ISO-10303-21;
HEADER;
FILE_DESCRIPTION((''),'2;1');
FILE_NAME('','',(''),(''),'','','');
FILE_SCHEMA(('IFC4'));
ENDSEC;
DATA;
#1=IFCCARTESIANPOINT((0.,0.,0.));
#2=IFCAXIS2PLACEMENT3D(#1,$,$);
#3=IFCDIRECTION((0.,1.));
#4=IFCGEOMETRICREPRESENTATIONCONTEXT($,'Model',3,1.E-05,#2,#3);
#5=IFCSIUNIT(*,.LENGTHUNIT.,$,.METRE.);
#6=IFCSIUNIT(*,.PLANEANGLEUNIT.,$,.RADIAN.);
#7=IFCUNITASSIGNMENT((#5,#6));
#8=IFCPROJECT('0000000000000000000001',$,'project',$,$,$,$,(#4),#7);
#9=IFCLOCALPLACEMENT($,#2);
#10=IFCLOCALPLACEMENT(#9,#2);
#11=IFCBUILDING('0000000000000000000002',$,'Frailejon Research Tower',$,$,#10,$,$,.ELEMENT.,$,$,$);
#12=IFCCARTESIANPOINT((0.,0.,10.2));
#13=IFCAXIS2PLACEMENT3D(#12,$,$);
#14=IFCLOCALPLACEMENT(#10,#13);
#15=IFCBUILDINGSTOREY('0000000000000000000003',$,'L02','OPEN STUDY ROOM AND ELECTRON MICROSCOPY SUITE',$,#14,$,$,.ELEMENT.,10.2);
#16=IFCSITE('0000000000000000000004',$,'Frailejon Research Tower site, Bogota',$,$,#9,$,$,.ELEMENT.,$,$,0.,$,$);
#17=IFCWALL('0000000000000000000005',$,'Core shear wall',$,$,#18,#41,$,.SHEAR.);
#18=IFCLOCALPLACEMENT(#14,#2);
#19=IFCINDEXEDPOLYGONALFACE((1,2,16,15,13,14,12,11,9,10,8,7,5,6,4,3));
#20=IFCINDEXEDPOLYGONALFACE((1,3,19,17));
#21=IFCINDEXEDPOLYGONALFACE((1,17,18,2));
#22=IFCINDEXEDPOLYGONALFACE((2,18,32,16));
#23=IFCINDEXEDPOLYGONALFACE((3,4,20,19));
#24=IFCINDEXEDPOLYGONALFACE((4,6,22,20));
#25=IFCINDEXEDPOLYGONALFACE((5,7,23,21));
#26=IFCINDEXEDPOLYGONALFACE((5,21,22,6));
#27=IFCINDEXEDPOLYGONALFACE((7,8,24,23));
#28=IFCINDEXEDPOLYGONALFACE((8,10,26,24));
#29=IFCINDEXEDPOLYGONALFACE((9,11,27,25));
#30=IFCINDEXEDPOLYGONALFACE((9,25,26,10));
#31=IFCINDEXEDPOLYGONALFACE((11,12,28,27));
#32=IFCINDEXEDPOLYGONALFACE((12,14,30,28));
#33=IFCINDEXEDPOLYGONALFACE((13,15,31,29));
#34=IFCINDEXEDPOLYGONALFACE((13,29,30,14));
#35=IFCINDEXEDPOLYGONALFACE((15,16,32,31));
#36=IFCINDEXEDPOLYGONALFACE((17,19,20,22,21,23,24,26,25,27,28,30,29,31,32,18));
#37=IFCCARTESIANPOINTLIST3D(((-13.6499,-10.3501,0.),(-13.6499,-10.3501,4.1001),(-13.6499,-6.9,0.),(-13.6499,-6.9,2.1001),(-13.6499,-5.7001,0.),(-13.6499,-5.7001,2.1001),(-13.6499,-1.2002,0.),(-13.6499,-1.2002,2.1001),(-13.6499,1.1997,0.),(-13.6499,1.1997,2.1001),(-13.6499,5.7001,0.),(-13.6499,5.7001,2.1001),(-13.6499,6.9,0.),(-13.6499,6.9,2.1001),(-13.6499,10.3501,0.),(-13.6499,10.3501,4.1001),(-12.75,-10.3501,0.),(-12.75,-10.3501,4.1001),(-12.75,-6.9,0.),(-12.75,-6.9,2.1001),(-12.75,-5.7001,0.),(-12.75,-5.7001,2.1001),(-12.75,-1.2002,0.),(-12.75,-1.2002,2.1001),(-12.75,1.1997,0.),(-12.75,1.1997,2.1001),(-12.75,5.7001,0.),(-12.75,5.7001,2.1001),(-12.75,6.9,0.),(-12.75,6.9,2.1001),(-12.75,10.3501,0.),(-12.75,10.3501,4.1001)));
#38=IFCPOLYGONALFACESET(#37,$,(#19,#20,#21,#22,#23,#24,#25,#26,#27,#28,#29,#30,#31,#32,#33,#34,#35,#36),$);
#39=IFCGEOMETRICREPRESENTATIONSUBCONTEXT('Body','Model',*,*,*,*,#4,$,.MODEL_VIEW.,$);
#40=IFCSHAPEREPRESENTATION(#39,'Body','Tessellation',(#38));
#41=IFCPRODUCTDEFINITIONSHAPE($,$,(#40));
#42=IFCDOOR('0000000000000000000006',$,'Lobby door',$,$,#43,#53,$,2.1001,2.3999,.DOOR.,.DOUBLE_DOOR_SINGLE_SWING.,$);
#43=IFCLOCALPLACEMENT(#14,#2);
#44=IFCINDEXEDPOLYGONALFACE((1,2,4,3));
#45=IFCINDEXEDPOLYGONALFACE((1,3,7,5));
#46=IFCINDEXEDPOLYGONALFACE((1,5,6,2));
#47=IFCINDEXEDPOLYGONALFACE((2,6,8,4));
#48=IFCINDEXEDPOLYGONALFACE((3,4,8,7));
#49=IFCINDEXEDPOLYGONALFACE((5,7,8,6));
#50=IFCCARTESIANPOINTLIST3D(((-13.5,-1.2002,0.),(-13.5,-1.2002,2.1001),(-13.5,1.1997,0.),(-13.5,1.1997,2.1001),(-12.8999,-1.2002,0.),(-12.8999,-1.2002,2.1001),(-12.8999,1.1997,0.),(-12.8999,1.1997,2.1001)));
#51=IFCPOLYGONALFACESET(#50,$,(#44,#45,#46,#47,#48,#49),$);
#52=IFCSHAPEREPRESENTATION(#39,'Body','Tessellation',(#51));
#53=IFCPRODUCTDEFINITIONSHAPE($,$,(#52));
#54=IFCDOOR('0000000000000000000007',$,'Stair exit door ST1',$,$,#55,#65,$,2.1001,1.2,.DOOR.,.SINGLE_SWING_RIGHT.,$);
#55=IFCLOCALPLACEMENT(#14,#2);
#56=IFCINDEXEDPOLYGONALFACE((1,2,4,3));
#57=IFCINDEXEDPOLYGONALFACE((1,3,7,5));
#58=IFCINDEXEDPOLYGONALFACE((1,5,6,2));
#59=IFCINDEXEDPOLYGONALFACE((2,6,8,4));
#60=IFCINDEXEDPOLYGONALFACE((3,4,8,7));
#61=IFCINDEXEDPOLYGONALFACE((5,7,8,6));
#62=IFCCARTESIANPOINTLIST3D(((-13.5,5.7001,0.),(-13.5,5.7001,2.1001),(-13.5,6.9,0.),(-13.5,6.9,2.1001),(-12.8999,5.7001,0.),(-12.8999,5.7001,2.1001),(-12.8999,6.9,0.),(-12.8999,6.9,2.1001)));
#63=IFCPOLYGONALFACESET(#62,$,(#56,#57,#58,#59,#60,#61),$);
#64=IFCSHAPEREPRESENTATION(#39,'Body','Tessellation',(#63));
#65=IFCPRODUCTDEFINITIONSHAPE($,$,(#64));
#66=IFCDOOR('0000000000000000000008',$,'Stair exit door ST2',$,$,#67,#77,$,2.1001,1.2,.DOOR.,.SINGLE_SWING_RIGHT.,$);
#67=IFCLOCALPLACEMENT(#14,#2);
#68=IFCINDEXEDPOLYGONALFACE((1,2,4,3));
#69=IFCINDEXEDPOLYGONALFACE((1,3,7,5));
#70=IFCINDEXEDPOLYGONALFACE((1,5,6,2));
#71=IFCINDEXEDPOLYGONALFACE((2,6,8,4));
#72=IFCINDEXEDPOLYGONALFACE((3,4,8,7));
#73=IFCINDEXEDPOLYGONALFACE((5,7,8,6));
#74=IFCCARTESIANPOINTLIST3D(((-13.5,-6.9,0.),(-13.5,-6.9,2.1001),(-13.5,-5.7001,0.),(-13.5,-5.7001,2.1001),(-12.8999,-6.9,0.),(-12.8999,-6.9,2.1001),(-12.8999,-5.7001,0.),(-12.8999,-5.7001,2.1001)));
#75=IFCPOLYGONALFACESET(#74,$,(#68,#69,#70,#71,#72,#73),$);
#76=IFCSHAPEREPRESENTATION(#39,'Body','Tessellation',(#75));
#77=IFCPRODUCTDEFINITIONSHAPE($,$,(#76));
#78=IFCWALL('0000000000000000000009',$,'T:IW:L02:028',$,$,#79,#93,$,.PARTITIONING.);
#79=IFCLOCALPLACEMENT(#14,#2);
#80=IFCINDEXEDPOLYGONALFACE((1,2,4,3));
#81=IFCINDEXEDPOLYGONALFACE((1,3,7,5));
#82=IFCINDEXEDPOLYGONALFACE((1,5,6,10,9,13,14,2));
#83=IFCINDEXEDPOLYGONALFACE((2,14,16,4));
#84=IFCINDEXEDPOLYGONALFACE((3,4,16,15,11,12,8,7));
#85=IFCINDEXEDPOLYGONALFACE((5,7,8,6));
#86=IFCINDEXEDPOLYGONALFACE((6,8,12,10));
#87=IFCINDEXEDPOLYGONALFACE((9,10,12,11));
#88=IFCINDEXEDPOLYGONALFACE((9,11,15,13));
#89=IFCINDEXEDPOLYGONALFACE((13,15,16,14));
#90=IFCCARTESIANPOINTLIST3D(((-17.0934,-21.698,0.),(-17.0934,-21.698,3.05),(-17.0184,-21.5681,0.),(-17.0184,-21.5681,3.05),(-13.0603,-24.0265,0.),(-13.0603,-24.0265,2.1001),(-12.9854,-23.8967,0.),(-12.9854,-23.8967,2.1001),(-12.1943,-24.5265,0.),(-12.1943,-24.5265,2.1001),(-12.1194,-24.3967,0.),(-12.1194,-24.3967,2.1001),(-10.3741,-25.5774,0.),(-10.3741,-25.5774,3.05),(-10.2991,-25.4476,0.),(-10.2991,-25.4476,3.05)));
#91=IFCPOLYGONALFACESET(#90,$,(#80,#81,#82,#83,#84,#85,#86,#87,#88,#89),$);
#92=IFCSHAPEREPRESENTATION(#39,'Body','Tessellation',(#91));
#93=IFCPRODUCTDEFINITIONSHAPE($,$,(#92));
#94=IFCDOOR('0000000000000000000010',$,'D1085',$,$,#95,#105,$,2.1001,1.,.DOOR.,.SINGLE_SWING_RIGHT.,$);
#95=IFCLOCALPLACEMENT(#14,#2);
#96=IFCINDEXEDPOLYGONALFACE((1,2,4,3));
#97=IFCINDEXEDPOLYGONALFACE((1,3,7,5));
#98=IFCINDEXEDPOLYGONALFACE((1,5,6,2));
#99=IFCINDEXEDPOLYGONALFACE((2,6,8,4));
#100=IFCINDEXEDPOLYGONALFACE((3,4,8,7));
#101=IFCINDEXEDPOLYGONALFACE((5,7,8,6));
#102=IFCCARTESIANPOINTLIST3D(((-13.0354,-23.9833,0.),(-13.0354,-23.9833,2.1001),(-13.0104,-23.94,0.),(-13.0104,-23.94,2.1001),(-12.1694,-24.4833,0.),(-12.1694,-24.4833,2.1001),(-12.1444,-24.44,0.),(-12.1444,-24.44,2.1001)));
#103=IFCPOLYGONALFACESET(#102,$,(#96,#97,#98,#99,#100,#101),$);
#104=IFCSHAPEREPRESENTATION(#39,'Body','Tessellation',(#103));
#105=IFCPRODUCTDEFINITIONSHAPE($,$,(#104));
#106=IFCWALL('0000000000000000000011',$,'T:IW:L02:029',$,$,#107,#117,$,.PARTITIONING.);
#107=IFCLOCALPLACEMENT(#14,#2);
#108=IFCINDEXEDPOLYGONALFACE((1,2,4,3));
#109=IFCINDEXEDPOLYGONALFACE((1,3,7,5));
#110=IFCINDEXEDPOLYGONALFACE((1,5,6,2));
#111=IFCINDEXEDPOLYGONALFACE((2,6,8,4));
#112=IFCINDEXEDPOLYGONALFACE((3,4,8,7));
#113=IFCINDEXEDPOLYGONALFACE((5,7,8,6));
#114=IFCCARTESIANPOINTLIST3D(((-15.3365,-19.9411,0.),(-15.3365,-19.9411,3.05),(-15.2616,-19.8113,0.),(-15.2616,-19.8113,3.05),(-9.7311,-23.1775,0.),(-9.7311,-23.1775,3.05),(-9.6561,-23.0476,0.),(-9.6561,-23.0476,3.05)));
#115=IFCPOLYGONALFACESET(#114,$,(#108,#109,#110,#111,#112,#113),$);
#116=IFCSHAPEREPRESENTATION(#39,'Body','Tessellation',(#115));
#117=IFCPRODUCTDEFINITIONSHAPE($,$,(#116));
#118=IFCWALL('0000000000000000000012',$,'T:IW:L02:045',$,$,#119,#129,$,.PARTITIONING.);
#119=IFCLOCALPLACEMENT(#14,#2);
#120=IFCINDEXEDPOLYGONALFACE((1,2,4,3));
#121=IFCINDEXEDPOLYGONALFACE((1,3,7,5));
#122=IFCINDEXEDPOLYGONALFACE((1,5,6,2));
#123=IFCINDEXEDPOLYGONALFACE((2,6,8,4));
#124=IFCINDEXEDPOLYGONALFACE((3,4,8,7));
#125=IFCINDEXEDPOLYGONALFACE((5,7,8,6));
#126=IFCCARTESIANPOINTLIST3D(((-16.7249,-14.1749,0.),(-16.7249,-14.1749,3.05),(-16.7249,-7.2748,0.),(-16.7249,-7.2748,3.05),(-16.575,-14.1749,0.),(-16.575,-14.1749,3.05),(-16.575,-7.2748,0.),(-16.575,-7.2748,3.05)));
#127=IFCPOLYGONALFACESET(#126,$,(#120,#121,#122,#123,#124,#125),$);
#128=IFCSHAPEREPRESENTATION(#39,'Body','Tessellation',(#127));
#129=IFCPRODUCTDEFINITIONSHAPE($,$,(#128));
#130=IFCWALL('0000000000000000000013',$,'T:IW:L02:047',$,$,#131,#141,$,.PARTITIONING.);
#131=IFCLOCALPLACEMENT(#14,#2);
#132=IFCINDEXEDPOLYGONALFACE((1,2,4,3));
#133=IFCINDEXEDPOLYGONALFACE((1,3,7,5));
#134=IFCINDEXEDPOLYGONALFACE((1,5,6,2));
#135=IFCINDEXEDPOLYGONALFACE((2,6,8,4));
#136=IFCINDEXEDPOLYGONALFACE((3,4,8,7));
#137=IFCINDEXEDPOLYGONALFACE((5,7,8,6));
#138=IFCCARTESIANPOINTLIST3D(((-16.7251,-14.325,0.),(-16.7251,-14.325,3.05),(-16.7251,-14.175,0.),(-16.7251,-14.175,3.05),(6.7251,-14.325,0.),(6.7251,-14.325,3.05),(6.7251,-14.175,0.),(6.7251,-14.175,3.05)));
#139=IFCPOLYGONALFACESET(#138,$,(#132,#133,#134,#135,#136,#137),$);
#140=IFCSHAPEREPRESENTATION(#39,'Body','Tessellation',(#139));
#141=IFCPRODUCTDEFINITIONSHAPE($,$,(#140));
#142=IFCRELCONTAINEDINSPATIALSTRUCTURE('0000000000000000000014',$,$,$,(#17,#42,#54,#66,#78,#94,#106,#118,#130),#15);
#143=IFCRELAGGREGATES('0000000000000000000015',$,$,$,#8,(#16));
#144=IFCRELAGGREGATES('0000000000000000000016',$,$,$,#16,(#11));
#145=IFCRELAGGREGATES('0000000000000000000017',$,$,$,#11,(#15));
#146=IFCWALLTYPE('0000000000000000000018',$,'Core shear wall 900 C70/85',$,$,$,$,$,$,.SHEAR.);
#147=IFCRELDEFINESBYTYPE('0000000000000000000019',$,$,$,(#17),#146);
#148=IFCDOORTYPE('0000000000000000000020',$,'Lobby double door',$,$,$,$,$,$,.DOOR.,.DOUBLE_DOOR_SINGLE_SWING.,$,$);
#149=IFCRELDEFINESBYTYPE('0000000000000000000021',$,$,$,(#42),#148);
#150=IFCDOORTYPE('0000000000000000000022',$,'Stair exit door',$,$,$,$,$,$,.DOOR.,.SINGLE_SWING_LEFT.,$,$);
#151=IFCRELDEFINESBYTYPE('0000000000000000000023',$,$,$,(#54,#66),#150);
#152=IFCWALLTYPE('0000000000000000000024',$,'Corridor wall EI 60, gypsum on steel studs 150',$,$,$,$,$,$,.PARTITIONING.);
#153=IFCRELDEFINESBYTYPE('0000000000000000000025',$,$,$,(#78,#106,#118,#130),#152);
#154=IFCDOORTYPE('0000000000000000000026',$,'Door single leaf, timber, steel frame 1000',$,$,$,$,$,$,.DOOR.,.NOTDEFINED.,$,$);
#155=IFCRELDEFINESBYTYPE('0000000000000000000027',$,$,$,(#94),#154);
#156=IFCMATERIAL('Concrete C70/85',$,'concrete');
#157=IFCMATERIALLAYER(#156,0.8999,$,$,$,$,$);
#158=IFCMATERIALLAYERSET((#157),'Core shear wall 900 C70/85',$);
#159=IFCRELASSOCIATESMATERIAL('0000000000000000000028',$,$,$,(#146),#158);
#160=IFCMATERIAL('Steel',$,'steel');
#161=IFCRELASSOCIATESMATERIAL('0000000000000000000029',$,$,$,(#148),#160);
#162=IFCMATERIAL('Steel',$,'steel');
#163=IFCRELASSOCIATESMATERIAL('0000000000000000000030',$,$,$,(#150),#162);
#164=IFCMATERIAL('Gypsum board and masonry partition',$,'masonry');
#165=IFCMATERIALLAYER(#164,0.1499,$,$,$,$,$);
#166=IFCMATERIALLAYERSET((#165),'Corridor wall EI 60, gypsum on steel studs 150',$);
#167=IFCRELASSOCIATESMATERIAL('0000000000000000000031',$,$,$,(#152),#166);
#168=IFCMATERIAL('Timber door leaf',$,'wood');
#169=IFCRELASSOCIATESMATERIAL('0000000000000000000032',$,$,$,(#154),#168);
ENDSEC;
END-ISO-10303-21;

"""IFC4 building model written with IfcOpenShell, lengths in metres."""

from ifc_helpers import new_model, si_unit, direction, frame, frame_2d, origin, place, context, subcontext, project, spatial, rectangle, extrude, material, layer, layer_set, type_object, element, fill, save


model = new_model("IFC4")

# Units and contexts
model_context = context("Model", 3, precision=1e-05, world=origin(), true_north=direction((0.0, 1.0)))
body_context = subcontext(model_context, "Body", "Model", "MODEL_VIEW")
ifc_project = project(units=[si_unit("LENGTHUNIT", "METRE"), si_unit("PLANEANGLEUNIT", "RADIAN")], contexts=[model_context])

# Site, building, storey
site_placement = place(None, origin())
site = spatial("IfcSite", under=ifc_project, at=site_placement, Name="Frailejon Research Tower site, Bogota", CompositionType="ELEMENT", RefElevation=0.0)
building_placement = place(site_placement, origin())
building = spatial("IfcBuilding", under=site, at=building_placement, Name="Frailejon Research Tower", CompositionType="ELEMENT")
storey_placement = place(building_placement, frame((0.0, 0.0, 10.2)))
storey = spatial("IfcBuildingStorey", under=building, at=storey_placement, Name="L02", Description="OPEN STUDY ROOM AND ELECTRON MICROSCOPY SUITE", CompositionType="ELEMENT", Elevation=10.2)

# Wall, openings, doors
ifc_material_1 = material(Name="Concrete C70/85", Category="concrete")
ifc_layer_1 = layer(ifc_material_1, 0.8999)
ifc_layer_set_1 = layer_set([ifc_layer_1], Name="Core shear wall 900 C70/85")
wall_type_1 = type_object("IfcWallType", Name="Core shear wall 900 C70/85", PredefinedType="SHEAR", material=ifc_layer_set_1)
wall_1_placement = place(storey_placement, frame((-13.2, -10.3501, 0.0), z_axis=(0.0, 0.0, 1.0), x_axis=(0.0, 1.0, 0.0)))
wall_1 = element("IfcWall", 1, at=wall_1_placement, inside=storey, type_object=wall_type_1, Name="Core shear wall", PredefinedType="SHEAR", context=body_context, shape_type="SweptSolid", body=[
    extrude(rectangle(XDim=20.7002, YDim=0.8999, at=frame_2d((10.3501, 0.0))), origin(), (0.0, 0.0, 1.0), 4.1001),
])
opening_1_placement = place(wall_1_placement, frame((9.1499, 0.0, 0.0)))
opening_1 = element("IfcOpeningElement", 2, at=opening_1_placement, cuts=wall_1, PredefinedType="OPENING", context=body_context, shape_type="SweptSolid", body=[
    extrude(rectangle(XDim=2.3999, YDim=2.1001, at=frame_2d((1.2, 1.05))), frame((0.0, 0.46, 0.0), z_axis=(0.0, -1.0, 0.0), x_axis=(1.0, 0.0, 0.0)), (0.0, 0.0, 1.0), 0.9199),
])
opening_2_placement = place(wall_1_placement, frame((16.05, 0.0, 0.0)))
opening_2 = element("IfcOpeningElement", 3, at=opening_2_placement, cuts=wall_1, PredefinedType="OPENING", context=body_context, shape_type="SweptSolid", body=[
    extrude(rectangle(XDim=1.2, YDim=2.1001, at=frame_2d((0.6001, 1.05))), frame((0.0, 0.46, 0.0), z_axis=(0.0, -1.0, 0.0), x_axis=(1.0, 0.0, 0.0)), (0.0, 0.0, 1.0), 0.9199),
])
opening_3_placement = place(wall_1_placement, frame((3.45, 0.0, 0.0)))
opening_3 = element("IfcOpeningElement", 4, at=opening_3_placement, cuts=wall_1, PredefinedType="OPENING", context=body_context, shape_type="SweptSolid", body=[
    extrude(rectangle(XDim=1.2, YDim=2.1001, at=frame_2d((0.6001, 1.05))), frame((0.0, 0.46, 0.0), z_axis=(0.0, -1.0, 0.0), x_axis=(1.0, 0.0, 0.0)), (0.0, 0.0, 1.0), 0.9199),
])
ifc_material_2 = material(Name="Steel", Category="steel")
door_type_1 = type_object("IfcDoorType", Name="Lobby double door", OperationType="DOUBLE_DOOR_SINGLE_SWING", PredefinedType="DOOR", material=ifc_material_2)
door_1_placement = place(opening_1_placement, origin())
door_1 = element("IfcDoor", 5, at=door_1_placement, inside=storey, type_object=door_type_1, Name="Lobby door", OperationType="DOUBLE_DOOR_SINGLE_SWING", OverallHeight=2.1001, OverallWidth=2.3999, PredefinedType="DOOR", context=body_context, shape_type="SweptSolid", body=[
    extrude(rectangle(XDim=2.3999, YDim=2.1001, at=frame_2d((1.2, 1.05))), frame((0.0, 0.3, 0.0), z_axis=(0.0, -1.0, 0.0), x_axis=(1.0, 0.0, 0.0)), (0.0, 0.0, 1.0), 0.6001),
])
fill(opening_1, door_1)
ifc_material_3 = material(Name="Steel", Category="steel")
door_type_2 = type_object("IfcDoorType", Name="Stair exit door", OperationType="SINGLE_SWING_LEFT", PredefinedType="DOOR", material=ifc_material_3)
door_2_placement = place(opening_2_placement, origin())
door_2 = element("IfcDoor", 6, at=door_2_placement, inside=storey, type_object=door_type_2, Name="Stair exit door ST1", OperationType="SINGLE_SWING_RIGHT", OverallHeight=2.1001, OverallWidth=1.2, PredefinedType="DOOR", context=body_context, shape_type="SweptSolid", body=[
    extrude(rectangle(XDim=1.2, YDim=2.1001, at=frame_2d((0.6001, 1.05))), frame((0.0, 0.3, 0.0), z_axis=(0.0, -1.0, 0.0), x_axis=(1.0, 0.0, 0.0)), (0.0, 0.0, 1.0), 0.6001),
])
fill(opening_2, door_2)
door_3_placement = place(opening_3_placement, origin())
door_3 = element("IfcDoor", 7, at=door_3_placement, inside=storey, type_object=door_type_2, Name="Stair exit door ST2", OperationType="SINGLE_SWING_RIGHT", OverallHeight=2.1001, OverallWidth=1.2, PredefinedType="DOOR", context=body_context, shape_type="SweptSolid", body=[
    extrude(rectangle(XDim=1.2, YDim=2.1001, at=frame_2d((0.6001, 1.05))), frame((0.0, 0.3, 0.0), z_axis=(0.0, -1.0, 0.0), x_axis=(1.0, 0.0, 0.0)), (0.0, 0.0, 1.0), 0.6001),
])
fill(opening_3, door_3)

# Wall, opening, door
ifc_material_4 = material(Name="Gypsum board and masonry partition", Category="masonry")
ifc_layer_2 = layer(ifc_material_4, 0.1499)
ifc_layer_set_2 = layer_set([ifc_layer_2], Name="Corridor wall EI 60, gypsum on steel studs 150")
wall_type_2 = type_object("IfcWallType", Name="Corridor wall EI 60, gypsum on steel studs 150", PredefinedType="PARTITIONING", material=ifc_layer_set_2)
wall_2_placement = place(storey_placement, frame((-17.0559, -21.6331, 0.0), z_axis=(0.0, 0.0, 1.0), x_axis=(0.866023, -0.500004, 0.0)))
wall_2 = element("IfcWall", 8, at=wall_2_placement, inside=storey, type_object=wall_type_2, Name="T:IW:L02:028", PredefinedType="PARTITIONING", context=body_context, shape_type="SweptSolid", body=[
    extrude(rectangle(XDim=7.7588, YDim=0.1499, at=frame_2d((3.8794, 0.0))), origin(), (0.0, 0.0, 1.0), 3.05),
])
opening_4_placement = place(wall_2_placement, frame((4.657, 0.0, 0.0)))
opening_4 = element("IfcOpeningElement", 9, at=opening_4_placement, cuts=wall_2, PredefinedType="OPENING", context=body_context, shape_type="SweptSolid", body=[
    extrude(rectangle(XDim=1.0, YDim=2.1001, at=frame_2d((0.5, 1.05))), frame((0.0, 0.085, 0.0), z_axis=(0.0, -1.0, 0.0), x_axis=(1.0, 0.0, 0.0)), (0.0, 0.0, 1.0), 0.1699),
])
ifc_material_5 = material(Name="Timber door leaf", Category="wood")
door_type_3 = type_object("IfcDoorType", Name="Door single leaf, timber, steel frame 1000", OperationType="NOTDEFINED", PredefinedType="DOOR", material=ifc_material_5)
door_4_placement = place(opening_4_placement, origin())
door_4 = element("IfcDoor", 10, at=door_4_placement, inside=storey, type_object=door_type_3, Name="D1085", OperationType="SINGLE_SWING_RIGHT", OverallHeight=2.1001, OverallWidth=1.0, PredefinedType="DOOR", context=body_context, shape_type="SweptSolid", body=[
    extrude(rectangle(XDim=1.0, YDim=2.1001, at=frame_2d((0.5, 1.05))), frame((0.0, 0.0249, 0.0), z_axis=(0.0, -1.0, 0.0), x_axis=(1.0, 0.0, 0.0)), (0.0, 0.0, 1.0), 0.05),
])
fill(opening_4, door_4)

# Walls
wall_3_placement = place(storey_placement, frame((-15.2991, -19.8762, 0.0), z_axis=(0.0, 0.0, 1.0), x_axis=(0.866025, -0.500001, 0.0)))
element("IfcWall", 11, at=wall_3_placement, inside=storey, type_object=wall_type_2, Name="T:IW:L02:029", PredefinedType="PARTITIONING", context=body_context, shape_type="SweptSolid", body=[
    extrude(rectangle(XDim=6.4727, YDim=0.1499, at=frame_2d((3.2363, 0.0))), origin(), (0.0, 0.0, 1.0), 3.05),
])
wall_4_placement = place(storey_placement, frame((-16.6499, -14.175, 0.0), z_axis=(0.0, 0.0, 1.0), x_axis=(0.0, 1.0, 0.0)))
element("IfcWall", 12, at=wall_4_placement, inside=storey, type_object=wall_type_2, Name="T:IW:L02:045", PredefinedType="PARTITIONING", context=body_context, shape_type="SweptSolid", body=[
    extrude(rectangle(XDim=6.9001, YDim=0.1499, at=frame_2d((3.4502, 0.0))), origin(), (0.0, 0.0, 1.0), 3.05),
])
wall_5_placement = place(storey_placement, frame((-16.7251, -14.25, 0.0), z_axis=(0.0, 0.0, 1.0), x_axis=(1.0, 0.0, 0.0)))
element("IfcWall", 13, at=wall_5_placement, inside=storey, type_object=wall_type_2, Name="T:IW:L02:047", PredefinedType="PARTITIONING", context=body_context, shape_type="SweptSolid", body=[
    extrude(rectangle(XDim=23.4502, YDim=0.1499, at=frame_2d((11.7251, 0.0))), origin(), (0.0, 0.0, 1.0), 3.05),
])

save(model, "model.ifc")
